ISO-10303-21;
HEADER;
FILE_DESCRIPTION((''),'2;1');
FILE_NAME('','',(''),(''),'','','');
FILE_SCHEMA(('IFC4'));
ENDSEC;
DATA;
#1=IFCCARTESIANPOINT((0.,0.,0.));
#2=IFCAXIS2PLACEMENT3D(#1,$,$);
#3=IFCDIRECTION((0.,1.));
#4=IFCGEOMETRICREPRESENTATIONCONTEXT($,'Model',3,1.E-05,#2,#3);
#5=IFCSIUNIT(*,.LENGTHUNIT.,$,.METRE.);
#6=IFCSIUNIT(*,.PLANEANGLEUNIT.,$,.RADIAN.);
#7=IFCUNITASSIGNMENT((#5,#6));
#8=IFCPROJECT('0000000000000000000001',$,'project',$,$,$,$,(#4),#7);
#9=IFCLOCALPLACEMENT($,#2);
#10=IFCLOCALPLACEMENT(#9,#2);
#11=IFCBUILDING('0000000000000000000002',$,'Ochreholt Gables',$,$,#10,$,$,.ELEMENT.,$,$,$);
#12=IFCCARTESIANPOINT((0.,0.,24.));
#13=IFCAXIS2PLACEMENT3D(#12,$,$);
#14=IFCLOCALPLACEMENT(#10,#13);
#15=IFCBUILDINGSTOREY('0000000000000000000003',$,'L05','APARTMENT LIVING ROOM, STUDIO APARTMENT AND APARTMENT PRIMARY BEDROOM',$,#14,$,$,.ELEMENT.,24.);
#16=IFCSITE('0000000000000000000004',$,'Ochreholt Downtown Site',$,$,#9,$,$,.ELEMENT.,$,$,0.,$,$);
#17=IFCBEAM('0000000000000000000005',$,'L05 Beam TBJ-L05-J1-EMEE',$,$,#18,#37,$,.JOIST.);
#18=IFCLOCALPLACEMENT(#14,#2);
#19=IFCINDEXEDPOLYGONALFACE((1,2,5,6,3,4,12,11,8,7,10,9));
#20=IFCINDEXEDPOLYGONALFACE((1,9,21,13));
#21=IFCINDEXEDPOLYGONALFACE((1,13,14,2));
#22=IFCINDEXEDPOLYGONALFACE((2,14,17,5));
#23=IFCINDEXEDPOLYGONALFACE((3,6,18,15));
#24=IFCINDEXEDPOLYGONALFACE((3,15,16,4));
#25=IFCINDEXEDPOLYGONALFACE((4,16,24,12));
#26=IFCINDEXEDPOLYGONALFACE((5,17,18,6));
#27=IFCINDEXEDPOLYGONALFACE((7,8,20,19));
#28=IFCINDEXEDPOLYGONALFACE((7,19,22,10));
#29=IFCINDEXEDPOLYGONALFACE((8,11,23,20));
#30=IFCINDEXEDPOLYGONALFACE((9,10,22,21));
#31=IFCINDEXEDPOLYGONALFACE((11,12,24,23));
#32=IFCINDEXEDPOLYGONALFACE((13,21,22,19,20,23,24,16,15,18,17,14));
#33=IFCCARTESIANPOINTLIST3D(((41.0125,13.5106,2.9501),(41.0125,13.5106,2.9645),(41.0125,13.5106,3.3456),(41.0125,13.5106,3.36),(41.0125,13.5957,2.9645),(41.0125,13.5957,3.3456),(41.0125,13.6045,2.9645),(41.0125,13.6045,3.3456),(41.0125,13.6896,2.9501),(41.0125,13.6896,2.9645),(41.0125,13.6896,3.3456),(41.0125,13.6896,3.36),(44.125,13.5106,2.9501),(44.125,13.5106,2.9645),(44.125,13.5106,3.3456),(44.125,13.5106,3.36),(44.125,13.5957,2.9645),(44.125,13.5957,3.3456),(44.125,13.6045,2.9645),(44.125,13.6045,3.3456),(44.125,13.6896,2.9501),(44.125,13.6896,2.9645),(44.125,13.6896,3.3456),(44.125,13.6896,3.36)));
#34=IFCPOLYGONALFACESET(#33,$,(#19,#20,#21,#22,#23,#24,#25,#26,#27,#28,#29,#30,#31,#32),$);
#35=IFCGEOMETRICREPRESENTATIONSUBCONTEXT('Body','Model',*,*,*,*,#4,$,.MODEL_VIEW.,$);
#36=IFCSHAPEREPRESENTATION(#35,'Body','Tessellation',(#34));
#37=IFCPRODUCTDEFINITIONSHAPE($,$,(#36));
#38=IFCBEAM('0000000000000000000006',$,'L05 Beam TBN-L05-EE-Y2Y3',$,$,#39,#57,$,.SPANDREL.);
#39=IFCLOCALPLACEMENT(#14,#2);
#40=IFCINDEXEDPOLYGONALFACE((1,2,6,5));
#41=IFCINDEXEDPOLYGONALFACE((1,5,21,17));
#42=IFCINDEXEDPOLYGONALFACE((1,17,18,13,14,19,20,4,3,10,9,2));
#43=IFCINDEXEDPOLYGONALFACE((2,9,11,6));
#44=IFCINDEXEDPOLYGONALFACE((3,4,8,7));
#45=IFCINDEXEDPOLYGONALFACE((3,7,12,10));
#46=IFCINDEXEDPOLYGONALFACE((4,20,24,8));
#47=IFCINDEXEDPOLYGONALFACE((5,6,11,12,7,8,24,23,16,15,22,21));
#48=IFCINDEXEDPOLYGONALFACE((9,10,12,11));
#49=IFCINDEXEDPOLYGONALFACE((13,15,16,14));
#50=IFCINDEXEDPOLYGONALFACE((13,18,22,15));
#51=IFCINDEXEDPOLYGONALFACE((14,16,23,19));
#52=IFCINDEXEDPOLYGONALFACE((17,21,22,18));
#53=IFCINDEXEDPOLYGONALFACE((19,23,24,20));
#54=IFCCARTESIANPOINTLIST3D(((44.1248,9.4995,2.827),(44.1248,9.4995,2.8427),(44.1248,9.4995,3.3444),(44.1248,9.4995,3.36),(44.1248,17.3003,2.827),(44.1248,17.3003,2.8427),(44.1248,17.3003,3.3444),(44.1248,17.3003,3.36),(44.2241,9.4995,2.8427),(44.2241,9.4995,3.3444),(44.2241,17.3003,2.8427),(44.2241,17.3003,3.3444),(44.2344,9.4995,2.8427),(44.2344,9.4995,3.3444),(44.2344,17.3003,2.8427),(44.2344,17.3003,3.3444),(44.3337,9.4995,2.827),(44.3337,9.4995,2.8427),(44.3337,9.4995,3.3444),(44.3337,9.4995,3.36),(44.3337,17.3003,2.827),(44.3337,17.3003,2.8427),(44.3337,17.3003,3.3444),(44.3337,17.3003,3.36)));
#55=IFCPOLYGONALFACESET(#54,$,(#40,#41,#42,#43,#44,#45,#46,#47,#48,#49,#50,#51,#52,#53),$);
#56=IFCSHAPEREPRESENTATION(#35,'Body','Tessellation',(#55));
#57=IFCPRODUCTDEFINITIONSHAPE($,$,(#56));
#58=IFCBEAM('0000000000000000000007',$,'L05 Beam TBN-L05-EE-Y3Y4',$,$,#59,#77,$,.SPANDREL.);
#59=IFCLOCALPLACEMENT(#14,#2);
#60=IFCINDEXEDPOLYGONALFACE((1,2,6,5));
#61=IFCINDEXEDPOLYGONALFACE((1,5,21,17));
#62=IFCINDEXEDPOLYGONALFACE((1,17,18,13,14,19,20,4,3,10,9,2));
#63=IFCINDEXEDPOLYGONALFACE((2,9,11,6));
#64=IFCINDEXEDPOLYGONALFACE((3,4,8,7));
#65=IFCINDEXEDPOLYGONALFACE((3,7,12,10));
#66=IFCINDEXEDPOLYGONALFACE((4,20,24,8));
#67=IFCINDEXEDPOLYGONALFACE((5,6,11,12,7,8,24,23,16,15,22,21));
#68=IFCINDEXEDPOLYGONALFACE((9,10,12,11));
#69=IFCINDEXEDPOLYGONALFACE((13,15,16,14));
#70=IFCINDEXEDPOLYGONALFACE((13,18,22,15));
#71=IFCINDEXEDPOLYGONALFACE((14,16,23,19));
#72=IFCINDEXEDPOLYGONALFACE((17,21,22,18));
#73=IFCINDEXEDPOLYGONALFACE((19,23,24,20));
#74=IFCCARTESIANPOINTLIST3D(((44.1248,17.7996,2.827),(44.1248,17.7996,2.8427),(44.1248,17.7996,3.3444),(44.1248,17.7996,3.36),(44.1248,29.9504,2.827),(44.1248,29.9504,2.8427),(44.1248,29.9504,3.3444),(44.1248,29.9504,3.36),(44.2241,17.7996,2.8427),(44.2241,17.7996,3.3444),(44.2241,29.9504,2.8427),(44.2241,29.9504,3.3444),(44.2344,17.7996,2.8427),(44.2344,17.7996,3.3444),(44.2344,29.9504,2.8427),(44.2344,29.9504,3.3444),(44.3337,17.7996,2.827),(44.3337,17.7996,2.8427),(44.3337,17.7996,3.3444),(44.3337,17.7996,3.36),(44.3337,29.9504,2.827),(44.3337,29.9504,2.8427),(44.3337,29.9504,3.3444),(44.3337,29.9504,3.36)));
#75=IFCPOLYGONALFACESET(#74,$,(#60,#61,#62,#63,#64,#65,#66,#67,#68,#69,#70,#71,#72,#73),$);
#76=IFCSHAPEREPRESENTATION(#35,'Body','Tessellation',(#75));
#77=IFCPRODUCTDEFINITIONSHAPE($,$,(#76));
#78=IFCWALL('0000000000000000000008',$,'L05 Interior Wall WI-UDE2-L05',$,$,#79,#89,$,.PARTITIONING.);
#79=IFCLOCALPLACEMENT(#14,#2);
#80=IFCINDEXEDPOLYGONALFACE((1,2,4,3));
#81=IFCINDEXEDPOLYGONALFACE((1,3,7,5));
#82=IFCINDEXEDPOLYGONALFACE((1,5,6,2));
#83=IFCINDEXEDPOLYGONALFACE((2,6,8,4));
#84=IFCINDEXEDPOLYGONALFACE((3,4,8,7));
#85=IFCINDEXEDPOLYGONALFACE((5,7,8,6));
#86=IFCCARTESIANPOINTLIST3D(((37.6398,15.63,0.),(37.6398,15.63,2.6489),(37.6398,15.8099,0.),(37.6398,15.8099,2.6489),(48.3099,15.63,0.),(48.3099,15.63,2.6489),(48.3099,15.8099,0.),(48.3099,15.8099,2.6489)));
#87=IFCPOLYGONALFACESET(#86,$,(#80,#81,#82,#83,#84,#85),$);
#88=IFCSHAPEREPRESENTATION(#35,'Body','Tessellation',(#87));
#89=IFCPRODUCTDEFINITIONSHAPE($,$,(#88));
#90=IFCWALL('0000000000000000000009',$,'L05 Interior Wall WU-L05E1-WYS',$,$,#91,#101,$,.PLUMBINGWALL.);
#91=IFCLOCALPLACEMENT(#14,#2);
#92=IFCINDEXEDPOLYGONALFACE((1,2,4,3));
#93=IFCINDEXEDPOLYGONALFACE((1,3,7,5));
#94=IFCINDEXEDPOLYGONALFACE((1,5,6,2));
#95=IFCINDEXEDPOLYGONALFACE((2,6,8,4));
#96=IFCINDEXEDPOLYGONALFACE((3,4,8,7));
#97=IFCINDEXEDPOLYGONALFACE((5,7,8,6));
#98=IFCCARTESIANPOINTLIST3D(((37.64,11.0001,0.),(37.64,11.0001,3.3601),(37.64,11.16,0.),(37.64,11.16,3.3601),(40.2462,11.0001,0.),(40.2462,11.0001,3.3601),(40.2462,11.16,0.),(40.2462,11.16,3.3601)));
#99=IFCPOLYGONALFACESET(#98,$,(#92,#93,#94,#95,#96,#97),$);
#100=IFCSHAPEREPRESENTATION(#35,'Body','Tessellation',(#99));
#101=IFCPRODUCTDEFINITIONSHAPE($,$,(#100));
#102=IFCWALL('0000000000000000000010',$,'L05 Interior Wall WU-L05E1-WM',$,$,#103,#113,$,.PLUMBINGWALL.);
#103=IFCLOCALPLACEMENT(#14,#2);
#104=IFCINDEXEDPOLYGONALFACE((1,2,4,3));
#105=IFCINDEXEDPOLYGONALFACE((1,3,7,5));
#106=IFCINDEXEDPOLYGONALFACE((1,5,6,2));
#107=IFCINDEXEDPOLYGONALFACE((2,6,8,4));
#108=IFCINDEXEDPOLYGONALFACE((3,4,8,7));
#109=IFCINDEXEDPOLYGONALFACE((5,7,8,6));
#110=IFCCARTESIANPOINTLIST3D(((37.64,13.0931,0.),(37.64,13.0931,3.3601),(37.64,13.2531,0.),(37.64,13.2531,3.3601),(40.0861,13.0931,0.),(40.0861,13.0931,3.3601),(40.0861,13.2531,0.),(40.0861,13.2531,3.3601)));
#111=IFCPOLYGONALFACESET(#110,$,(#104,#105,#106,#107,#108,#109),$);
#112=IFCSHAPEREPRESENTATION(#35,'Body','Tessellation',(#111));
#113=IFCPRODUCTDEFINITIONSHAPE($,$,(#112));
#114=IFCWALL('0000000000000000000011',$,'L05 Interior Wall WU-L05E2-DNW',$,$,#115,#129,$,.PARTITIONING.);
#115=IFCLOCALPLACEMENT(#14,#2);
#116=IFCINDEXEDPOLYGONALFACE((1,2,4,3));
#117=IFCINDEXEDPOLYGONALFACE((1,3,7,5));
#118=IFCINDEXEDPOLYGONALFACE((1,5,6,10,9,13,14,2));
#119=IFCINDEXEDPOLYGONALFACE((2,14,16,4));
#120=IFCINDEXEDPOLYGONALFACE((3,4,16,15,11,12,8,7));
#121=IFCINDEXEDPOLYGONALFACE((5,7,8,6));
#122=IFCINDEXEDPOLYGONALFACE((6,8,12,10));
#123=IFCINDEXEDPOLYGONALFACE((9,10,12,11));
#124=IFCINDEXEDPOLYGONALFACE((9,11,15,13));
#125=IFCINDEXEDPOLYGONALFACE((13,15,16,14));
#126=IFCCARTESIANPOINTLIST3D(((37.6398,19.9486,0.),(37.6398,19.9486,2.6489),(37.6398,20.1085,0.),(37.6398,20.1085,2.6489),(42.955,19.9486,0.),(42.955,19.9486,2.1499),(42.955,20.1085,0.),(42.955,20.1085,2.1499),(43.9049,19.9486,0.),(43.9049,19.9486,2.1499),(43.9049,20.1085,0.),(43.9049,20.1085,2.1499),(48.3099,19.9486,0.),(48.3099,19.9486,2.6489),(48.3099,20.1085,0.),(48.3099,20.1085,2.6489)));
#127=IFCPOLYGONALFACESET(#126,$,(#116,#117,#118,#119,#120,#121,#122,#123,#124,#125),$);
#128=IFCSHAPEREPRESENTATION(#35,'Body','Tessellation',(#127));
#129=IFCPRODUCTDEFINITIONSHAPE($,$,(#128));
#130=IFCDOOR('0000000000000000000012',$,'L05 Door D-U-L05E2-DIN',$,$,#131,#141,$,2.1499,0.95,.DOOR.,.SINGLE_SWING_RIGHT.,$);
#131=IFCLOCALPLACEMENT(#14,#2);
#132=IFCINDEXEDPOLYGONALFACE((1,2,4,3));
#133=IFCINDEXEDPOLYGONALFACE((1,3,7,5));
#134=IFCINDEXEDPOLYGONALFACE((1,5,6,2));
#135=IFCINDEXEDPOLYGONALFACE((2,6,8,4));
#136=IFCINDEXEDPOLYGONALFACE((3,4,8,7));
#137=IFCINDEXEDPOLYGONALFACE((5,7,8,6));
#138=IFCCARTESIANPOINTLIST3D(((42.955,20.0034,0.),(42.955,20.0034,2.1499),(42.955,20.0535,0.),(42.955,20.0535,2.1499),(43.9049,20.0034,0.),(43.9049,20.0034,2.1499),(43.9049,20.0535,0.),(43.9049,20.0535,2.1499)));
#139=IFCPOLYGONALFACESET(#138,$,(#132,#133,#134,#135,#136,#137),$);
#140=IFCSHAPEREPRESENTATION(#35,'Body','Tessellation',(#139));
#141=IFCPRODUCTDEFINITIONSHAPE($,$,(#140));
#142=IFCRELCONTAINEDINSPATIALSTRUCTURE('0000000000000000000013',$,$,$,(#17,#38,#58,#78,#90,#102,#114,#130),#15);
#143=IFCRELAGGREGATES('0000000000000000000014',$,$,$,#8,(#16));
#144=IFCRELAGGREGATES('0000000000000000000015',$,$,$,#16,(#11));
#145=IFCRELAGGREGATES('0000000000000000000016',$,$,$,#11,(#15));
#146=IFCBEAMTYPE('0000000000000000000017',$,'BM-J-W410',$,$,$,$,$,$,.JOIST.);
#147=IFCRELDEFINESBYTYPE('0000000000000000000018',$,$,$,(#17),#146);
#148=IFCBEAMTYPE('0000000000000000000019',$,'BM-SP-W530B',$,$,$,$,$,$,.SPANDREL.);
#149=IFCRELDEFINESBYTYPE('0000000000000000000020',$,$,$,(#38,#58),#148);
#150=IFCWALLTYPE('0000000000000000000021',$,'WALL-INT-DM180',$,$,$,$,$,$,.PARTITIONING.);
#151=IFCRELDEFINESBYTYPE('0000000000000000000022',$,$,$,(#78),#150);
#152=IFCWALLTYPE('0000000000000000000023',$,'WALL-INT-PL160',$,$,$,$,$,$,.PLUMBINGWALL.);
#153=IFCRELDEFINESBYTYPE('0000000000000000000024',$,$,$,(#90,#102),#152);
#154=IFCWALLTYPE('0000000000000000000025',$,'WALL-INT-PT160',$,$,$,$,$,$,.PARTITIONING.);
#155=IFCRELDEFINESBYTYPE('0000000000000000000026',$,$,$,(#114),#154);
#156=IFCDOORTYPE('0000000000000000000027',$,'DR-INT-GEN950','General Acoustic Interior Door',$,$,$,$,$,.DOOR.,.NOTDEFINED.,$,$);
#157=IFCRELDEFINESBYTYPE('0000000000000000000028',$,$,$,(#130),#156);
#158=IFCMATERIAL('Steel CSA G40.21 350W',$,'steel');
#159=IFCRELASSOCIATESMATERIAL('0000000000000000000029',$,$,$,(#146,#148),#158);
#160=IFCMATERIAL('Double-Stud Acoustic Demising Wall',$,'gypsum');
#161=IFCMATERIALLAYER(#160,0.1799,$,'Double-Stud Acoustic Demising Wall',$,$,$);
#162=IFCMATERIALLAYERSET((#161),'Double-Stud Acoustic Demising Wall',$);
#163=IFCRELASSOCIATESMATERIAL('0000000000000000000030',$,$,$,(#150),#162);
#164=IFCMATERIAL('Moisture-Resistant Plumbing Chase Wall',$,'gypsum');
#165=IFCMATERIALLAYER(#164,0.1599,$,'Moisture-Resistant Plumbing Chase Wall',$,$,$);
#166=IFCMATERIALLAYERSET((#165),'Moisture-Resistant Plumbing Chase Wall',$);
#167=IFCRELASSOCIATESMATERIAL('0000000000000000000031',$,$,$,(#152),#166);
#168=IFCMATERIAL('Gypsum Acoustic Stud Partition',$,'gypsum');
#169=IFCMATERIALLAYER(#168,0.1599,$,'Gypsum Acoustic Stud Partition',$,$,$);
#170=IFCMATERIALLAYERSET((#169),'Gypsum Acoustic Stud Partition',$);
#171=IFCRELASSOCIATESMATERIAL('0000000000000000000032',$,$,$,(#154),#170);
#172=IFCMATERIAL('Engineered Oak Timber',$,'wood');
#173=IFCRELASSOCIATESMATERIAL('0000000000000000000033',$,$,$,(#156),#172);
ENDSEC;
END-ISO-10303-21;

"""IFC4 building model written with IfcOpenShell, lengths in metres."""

from ifc_helpers import new_model, si_unit, direction, frame, frame_2d, origin, origin_2d, place, context, subcontext, project, spatial, rectangle, i_section, extrude, material, layer, layer_set, material_profile, profile_set, type_object, element, fill, save


model = new_model("IFC4")

# Units and contexts
model_context = context("Model", 3, precision=1e-05, world=origin(), true_north=direction((0.0, 1.0)))
body_context = subcontext(model_context, "Body", "Model", "MODEL_VIEW")
ifc_project = project(units=[si_unit("LENGTHUNIT", "METRE"), si_unit("PLANEANGLEUNIT", "RADIAN")], contexts=[model_context])

# Site, building, storey
site_placement = place(None, origin())
site = spatial("IfcSite", under=ifc_project, at=site_placement, Name="Ochreholt Downtown Site", CompositionType="ELEMENT", RefElevation=0.0)
building_placement = place(site_placement, origin())
building = spatial("IfcBuilding", under=site, at=building_placement, Name="Ochreholt Gables", CompositionType="ELEMENT")
storey_placement = place(building_placement, frame((0.0, 0.0, 24.0)))
storey = spatial("IfcBuildingStorey", under=building, at=storey_placement, Name="L05", Description="APARTMENT LIVING ROOM, STUDIO APARTMENT AND APARTMENT PRIMARY BEDROOM", CompositionType="ELEMENT", Elevation=24.0)

# Shared definitions
ifc_material_1 = material(Name="Steel CSA G40.21 350W", Category="steel")

# Beams
ifc_material_profile_1 = material_profile(ifc_material_1, i_section(OverallWidth=0.179, OverallDepth=0.4099, WebThickness=0.0088, FlangeThickness=0.0144, at=origin_2d()), Name="W410X67")
ifc_profile_set_1 = profile_set([ifc_material_profile_1], Name="Steel CSA G40.21 350W")
beam_type_1 = type_object("IfcBeamType", Name="BM-J-W410", PredefinedType="JOIST", material=ifc_profile_set_1)
beam_1_placement = place(storey_placement, frame((41.0125, 13.6001, 3.155), z_axis=(1.0, 0.0, 0.0), x_axis=(0.0, 1.0, 0.0)))
element("IfcBeam", 1, at=beam_1_placement, inside=storey, type_object=beam_type_1, Name="L05 Beam TBJ-L05-J1-EMEE", PredefinedType="JOIST", context=body_context, shape_type="SweptSolid", body=[
    extrude(i_section(OverallWidth=0.179, OverallDepth=0.4099, WebThickness=0.0088, FlangeThickness=0.0144, at=origin_2d()), origin(), (0.0, 0.0, 1.0), 3.1125),
])
ifc_material_profile_2 = material_profile(ifc_material_1, i_section(OverallWidth=0.209, OverallDepth=0.533, WebThickness=0.0103, FlangeThickness=0.0156, at=origin_2d()), Name="W530X92")
ifc_profile_set_2 = profile_set([ifc_material_profile_2], Name="Steel CSA G40.21 350W")
beam_type_2 = type_object("IfcBeamType", Name="BM-SP-W530B", PredefinedType="SPANDREL", material=ifc_profile_set_2)
beam_2_placement = place(storey_placement, frame((44.2292, 9.4995, 3.0935), z_axis=(0.0, 1.0, 0.0), x_axis=(-1.0, 0.0, 0.0)))
element("IfcBeam", 2, at=beam_2_placement, inside=storey, type_object=beam_type_2, Name="L05 Beam TBN-L05-EE-Y2Y3", PredefinedType="SPANDREL", context=body_context, shape_type="SweptSolid", body=[
    extrude(i_section(OverallWidth=0.209, OverallDepth=0.533, WebThickness=0.0103, FlangeThickness=0.0156, at=origin_2d()), origin(), (0.0, 0.0, 1.0), 7.8008),
])
beam_3_placement = place(storey_placement, frame((44.2292, 17.7996, 3.0935), z_axis=(0.0, 1.0, 0.0), x_axis=(-1.0, 0.0, 0.0)))
element("IfcBeam", 3, at=beam_3_placement, inside=storey, type_object=beam_type_2, Name="L05 Beam TBN-L05-EE-Y3Y4", PredefinedType="SPANDREL", context=body_context, shape_type="SweptSolid", body=[
    extrude(i_section(OverallWidth=0.209, OverallDepth=0.533, WebThickness=0.0103, FlangeThickness=0.0156, at=origin_2d()), origin(), (0.0, 0.0, 1.0), 12.1509),
])

# Walls
ifc_material_2 = material(Name="Double-Stud Acoustic Demising Wall", Category="gypsum")
ifc_layer_1 = layer(ifc_material_2, 0.1799, Name="Double-Stud Acoustic Demising Wall")
ifc_layer_set_1 = layer_set([ifc_layer_1], Name="Double-Stud Acoustic Demising Wall")
wall_type_1 = type_object("IfcWallType", Name="WALL-INT-DM180", PredefinedType="PARTITIONING", material=ifc_layer_set_1)
wall_1_placement = place(storey_placement, frame((37.6399, 15.72, 0.0), z_axis=(0.0, 0.0, 1.0), x_axis=(1.0, 0.0, 0.0)))
element("IfcWall", 4, at=wall_1_placement, inside=storey, type_object=wall_type_1, Name="L05 Interior Wall WI-UDE2-L05", PredefinedType="PARTITIONING", context=body_context, shape_type="SweptSolid", body=[
    extrude(rectangle(XDim=10.6702, YDim=0.1799, at=frame_2d((5.335, 0.0))), origin(), (0.0, 0.0, 1.0), 2.6489),
])
ifc_material_3 = material(Name="Moisture-Resistant Plumbing Chase Wall", Category="gypsum")
ifc_layer_2 = layer(ifc_material_3, 0.1599, Name="Moisture-Resistant Plumbing Chase Wall")
ifc_layer_set_2 = layer_set([ifc_layer_2], Name="Moisture-Resistant Plumbing Chase Wall")
wall_type_2 = type_object("IfcWallType", Name="WALL-INT-PL160", PredefinedType="PLUMBINGWALL", material=ifc_layer_set_2)
wall_2_placement = place(storey_placement, frame((37.6399, 11.0801, 0.0), z_axis=(0.0, 0.0, 1.0), x_axis=(1.0, 0.0, 0.0)))
element("IfcWall", 5, at=wall_2_placement, inside=storey, type_object=wall_type_2, Name="L05 Interior Wall WU-L05E1-WYS", PredefinedType="PLUMBINGWALL", context=body_context, shape_type="SweptSolid", body=[
    extrude(rectangle(XDim=2.6062, YDim=0.1599, at=frame_2d((1.3032, 0.0))), origin(), (0.0, 0.0, 1.0), 3.3601),
])

# Shared definitions
ifc_material_4 = material(Name="Engineered Oak Timber", Category="wood")

# Wall
wall_3_placement = place(storey_placement, frame((37.6399, 13.1731, 0.0), z_axis=(0.0, 0.0, 1.0), x_axis=(1.0, 0.0, 0.0)))
element("IfcWall", 6, at=wall_3_placement, inside=storey, type_object=wall_type_2, Name="L05 Interior Wall WU-L05E1-WM", PredefinedType="PLUMBINGWALL", context=body_context, shape_type="SweptSolid", body=[
    extrude(rectangle(XDim=2.446, YDim=0.1599, at=frame_2d((1.2231, 0.0))), origin(), (0.0, 0.0, 1.0), 3.3601),
])

# Wall, opening, door
ifc_material_5 = material(Name="Gypsum Acoustic Stud Partition", Category="gypsum")
ifc_layer_3 = layer(ifc_material_5, 0.1599, Name="Gypsum Acoustic Stud Partition")
ifc_layer_set_3 = layer_set([ifc_layer_3], Name="Gypsum Acoustic Stud Partition")
wall_type_3 = type_object("IfcWallType", Name="WALL-INT-PT160", PredefinedType="PARTITIONING", material=ifc_layer_set_3)
wall_4_placement = place(storey_placement, frame((37.6399, 20.0286, 0.0), z_axis=(0.0, 0.0, 1.0), x_axis=(1.0, 0.0, 0.0)))
wall_4 = element("IfcWall", 7, at=wall_4_placement, inside=storey, type_object=wall_type_3, Name="L05 Interior Wall WU-L05E2-DNW", PredefinedType="PARTITIONING", context=body_context, shape_type="SweptSolid", body=[
    extrude(rectangle(XDim=10.6702, YDim=0.1599, at=frame_2d((5.335, 0.0))), origin(), (0.0, 0.0, 1.0), 2.6489),
])
opening_1_placement = place(wall_4_placement, frame((5.3149, 0.0, 0.0)))
opening_1 = element("IfcOpeningElement", 8, at=opening_1_placement, cuts=wall_4, PredefinedType="OPENING", context=body_context, shape_type="SweptSolid", body=[
    extrude(rectangle(XDim=0.95, YDim=2.1499, at=frame_2d((0.4751, 1.075))), frame((0.0, 0.0898, 0.0), z_axis=(0.0, -1.0, 0.0), x_axis=(1.0, 0.0, 0.0)), (0.0, 0.0, 1.0), 0.1799),
])
door_type_1 = type_object("IfcDoorType", Name="DR-INT-GEN950", Description="General Acoustic Interior Door", OperationType="NOTDEFINED", PredefinedType="DOOR", material=ifc_material_4)
door_1_placement = place(opening_1_placement, origin())
door_1 = element("IfcDoor", 9, at=door_1_placement, inside=storey, type_object=door_type_1, Name="L05 Door D-U-L05E2-DIN", OperationType="SINGLE_SWING_RIGHT", OverallHeight=2.1499, OverallWidth=0.95, PredefinedType="DOOR", context=body_context, shape_type="SweptSolid", body=[
    extrude(rectangle(XDim=0.95, YDim=2.1499, at=frame_2d((0.4751, 1.075))), frame((0.0, 0.0249, 0.0), z_axis=(0.0, -1.0, 0.0), x_axis=(1.0, 0.0, 0.0)), (0.0, 0.0, 1.0), 0.05),
])
fill(opening_1, door_1)

save(model, "model.ifc")
